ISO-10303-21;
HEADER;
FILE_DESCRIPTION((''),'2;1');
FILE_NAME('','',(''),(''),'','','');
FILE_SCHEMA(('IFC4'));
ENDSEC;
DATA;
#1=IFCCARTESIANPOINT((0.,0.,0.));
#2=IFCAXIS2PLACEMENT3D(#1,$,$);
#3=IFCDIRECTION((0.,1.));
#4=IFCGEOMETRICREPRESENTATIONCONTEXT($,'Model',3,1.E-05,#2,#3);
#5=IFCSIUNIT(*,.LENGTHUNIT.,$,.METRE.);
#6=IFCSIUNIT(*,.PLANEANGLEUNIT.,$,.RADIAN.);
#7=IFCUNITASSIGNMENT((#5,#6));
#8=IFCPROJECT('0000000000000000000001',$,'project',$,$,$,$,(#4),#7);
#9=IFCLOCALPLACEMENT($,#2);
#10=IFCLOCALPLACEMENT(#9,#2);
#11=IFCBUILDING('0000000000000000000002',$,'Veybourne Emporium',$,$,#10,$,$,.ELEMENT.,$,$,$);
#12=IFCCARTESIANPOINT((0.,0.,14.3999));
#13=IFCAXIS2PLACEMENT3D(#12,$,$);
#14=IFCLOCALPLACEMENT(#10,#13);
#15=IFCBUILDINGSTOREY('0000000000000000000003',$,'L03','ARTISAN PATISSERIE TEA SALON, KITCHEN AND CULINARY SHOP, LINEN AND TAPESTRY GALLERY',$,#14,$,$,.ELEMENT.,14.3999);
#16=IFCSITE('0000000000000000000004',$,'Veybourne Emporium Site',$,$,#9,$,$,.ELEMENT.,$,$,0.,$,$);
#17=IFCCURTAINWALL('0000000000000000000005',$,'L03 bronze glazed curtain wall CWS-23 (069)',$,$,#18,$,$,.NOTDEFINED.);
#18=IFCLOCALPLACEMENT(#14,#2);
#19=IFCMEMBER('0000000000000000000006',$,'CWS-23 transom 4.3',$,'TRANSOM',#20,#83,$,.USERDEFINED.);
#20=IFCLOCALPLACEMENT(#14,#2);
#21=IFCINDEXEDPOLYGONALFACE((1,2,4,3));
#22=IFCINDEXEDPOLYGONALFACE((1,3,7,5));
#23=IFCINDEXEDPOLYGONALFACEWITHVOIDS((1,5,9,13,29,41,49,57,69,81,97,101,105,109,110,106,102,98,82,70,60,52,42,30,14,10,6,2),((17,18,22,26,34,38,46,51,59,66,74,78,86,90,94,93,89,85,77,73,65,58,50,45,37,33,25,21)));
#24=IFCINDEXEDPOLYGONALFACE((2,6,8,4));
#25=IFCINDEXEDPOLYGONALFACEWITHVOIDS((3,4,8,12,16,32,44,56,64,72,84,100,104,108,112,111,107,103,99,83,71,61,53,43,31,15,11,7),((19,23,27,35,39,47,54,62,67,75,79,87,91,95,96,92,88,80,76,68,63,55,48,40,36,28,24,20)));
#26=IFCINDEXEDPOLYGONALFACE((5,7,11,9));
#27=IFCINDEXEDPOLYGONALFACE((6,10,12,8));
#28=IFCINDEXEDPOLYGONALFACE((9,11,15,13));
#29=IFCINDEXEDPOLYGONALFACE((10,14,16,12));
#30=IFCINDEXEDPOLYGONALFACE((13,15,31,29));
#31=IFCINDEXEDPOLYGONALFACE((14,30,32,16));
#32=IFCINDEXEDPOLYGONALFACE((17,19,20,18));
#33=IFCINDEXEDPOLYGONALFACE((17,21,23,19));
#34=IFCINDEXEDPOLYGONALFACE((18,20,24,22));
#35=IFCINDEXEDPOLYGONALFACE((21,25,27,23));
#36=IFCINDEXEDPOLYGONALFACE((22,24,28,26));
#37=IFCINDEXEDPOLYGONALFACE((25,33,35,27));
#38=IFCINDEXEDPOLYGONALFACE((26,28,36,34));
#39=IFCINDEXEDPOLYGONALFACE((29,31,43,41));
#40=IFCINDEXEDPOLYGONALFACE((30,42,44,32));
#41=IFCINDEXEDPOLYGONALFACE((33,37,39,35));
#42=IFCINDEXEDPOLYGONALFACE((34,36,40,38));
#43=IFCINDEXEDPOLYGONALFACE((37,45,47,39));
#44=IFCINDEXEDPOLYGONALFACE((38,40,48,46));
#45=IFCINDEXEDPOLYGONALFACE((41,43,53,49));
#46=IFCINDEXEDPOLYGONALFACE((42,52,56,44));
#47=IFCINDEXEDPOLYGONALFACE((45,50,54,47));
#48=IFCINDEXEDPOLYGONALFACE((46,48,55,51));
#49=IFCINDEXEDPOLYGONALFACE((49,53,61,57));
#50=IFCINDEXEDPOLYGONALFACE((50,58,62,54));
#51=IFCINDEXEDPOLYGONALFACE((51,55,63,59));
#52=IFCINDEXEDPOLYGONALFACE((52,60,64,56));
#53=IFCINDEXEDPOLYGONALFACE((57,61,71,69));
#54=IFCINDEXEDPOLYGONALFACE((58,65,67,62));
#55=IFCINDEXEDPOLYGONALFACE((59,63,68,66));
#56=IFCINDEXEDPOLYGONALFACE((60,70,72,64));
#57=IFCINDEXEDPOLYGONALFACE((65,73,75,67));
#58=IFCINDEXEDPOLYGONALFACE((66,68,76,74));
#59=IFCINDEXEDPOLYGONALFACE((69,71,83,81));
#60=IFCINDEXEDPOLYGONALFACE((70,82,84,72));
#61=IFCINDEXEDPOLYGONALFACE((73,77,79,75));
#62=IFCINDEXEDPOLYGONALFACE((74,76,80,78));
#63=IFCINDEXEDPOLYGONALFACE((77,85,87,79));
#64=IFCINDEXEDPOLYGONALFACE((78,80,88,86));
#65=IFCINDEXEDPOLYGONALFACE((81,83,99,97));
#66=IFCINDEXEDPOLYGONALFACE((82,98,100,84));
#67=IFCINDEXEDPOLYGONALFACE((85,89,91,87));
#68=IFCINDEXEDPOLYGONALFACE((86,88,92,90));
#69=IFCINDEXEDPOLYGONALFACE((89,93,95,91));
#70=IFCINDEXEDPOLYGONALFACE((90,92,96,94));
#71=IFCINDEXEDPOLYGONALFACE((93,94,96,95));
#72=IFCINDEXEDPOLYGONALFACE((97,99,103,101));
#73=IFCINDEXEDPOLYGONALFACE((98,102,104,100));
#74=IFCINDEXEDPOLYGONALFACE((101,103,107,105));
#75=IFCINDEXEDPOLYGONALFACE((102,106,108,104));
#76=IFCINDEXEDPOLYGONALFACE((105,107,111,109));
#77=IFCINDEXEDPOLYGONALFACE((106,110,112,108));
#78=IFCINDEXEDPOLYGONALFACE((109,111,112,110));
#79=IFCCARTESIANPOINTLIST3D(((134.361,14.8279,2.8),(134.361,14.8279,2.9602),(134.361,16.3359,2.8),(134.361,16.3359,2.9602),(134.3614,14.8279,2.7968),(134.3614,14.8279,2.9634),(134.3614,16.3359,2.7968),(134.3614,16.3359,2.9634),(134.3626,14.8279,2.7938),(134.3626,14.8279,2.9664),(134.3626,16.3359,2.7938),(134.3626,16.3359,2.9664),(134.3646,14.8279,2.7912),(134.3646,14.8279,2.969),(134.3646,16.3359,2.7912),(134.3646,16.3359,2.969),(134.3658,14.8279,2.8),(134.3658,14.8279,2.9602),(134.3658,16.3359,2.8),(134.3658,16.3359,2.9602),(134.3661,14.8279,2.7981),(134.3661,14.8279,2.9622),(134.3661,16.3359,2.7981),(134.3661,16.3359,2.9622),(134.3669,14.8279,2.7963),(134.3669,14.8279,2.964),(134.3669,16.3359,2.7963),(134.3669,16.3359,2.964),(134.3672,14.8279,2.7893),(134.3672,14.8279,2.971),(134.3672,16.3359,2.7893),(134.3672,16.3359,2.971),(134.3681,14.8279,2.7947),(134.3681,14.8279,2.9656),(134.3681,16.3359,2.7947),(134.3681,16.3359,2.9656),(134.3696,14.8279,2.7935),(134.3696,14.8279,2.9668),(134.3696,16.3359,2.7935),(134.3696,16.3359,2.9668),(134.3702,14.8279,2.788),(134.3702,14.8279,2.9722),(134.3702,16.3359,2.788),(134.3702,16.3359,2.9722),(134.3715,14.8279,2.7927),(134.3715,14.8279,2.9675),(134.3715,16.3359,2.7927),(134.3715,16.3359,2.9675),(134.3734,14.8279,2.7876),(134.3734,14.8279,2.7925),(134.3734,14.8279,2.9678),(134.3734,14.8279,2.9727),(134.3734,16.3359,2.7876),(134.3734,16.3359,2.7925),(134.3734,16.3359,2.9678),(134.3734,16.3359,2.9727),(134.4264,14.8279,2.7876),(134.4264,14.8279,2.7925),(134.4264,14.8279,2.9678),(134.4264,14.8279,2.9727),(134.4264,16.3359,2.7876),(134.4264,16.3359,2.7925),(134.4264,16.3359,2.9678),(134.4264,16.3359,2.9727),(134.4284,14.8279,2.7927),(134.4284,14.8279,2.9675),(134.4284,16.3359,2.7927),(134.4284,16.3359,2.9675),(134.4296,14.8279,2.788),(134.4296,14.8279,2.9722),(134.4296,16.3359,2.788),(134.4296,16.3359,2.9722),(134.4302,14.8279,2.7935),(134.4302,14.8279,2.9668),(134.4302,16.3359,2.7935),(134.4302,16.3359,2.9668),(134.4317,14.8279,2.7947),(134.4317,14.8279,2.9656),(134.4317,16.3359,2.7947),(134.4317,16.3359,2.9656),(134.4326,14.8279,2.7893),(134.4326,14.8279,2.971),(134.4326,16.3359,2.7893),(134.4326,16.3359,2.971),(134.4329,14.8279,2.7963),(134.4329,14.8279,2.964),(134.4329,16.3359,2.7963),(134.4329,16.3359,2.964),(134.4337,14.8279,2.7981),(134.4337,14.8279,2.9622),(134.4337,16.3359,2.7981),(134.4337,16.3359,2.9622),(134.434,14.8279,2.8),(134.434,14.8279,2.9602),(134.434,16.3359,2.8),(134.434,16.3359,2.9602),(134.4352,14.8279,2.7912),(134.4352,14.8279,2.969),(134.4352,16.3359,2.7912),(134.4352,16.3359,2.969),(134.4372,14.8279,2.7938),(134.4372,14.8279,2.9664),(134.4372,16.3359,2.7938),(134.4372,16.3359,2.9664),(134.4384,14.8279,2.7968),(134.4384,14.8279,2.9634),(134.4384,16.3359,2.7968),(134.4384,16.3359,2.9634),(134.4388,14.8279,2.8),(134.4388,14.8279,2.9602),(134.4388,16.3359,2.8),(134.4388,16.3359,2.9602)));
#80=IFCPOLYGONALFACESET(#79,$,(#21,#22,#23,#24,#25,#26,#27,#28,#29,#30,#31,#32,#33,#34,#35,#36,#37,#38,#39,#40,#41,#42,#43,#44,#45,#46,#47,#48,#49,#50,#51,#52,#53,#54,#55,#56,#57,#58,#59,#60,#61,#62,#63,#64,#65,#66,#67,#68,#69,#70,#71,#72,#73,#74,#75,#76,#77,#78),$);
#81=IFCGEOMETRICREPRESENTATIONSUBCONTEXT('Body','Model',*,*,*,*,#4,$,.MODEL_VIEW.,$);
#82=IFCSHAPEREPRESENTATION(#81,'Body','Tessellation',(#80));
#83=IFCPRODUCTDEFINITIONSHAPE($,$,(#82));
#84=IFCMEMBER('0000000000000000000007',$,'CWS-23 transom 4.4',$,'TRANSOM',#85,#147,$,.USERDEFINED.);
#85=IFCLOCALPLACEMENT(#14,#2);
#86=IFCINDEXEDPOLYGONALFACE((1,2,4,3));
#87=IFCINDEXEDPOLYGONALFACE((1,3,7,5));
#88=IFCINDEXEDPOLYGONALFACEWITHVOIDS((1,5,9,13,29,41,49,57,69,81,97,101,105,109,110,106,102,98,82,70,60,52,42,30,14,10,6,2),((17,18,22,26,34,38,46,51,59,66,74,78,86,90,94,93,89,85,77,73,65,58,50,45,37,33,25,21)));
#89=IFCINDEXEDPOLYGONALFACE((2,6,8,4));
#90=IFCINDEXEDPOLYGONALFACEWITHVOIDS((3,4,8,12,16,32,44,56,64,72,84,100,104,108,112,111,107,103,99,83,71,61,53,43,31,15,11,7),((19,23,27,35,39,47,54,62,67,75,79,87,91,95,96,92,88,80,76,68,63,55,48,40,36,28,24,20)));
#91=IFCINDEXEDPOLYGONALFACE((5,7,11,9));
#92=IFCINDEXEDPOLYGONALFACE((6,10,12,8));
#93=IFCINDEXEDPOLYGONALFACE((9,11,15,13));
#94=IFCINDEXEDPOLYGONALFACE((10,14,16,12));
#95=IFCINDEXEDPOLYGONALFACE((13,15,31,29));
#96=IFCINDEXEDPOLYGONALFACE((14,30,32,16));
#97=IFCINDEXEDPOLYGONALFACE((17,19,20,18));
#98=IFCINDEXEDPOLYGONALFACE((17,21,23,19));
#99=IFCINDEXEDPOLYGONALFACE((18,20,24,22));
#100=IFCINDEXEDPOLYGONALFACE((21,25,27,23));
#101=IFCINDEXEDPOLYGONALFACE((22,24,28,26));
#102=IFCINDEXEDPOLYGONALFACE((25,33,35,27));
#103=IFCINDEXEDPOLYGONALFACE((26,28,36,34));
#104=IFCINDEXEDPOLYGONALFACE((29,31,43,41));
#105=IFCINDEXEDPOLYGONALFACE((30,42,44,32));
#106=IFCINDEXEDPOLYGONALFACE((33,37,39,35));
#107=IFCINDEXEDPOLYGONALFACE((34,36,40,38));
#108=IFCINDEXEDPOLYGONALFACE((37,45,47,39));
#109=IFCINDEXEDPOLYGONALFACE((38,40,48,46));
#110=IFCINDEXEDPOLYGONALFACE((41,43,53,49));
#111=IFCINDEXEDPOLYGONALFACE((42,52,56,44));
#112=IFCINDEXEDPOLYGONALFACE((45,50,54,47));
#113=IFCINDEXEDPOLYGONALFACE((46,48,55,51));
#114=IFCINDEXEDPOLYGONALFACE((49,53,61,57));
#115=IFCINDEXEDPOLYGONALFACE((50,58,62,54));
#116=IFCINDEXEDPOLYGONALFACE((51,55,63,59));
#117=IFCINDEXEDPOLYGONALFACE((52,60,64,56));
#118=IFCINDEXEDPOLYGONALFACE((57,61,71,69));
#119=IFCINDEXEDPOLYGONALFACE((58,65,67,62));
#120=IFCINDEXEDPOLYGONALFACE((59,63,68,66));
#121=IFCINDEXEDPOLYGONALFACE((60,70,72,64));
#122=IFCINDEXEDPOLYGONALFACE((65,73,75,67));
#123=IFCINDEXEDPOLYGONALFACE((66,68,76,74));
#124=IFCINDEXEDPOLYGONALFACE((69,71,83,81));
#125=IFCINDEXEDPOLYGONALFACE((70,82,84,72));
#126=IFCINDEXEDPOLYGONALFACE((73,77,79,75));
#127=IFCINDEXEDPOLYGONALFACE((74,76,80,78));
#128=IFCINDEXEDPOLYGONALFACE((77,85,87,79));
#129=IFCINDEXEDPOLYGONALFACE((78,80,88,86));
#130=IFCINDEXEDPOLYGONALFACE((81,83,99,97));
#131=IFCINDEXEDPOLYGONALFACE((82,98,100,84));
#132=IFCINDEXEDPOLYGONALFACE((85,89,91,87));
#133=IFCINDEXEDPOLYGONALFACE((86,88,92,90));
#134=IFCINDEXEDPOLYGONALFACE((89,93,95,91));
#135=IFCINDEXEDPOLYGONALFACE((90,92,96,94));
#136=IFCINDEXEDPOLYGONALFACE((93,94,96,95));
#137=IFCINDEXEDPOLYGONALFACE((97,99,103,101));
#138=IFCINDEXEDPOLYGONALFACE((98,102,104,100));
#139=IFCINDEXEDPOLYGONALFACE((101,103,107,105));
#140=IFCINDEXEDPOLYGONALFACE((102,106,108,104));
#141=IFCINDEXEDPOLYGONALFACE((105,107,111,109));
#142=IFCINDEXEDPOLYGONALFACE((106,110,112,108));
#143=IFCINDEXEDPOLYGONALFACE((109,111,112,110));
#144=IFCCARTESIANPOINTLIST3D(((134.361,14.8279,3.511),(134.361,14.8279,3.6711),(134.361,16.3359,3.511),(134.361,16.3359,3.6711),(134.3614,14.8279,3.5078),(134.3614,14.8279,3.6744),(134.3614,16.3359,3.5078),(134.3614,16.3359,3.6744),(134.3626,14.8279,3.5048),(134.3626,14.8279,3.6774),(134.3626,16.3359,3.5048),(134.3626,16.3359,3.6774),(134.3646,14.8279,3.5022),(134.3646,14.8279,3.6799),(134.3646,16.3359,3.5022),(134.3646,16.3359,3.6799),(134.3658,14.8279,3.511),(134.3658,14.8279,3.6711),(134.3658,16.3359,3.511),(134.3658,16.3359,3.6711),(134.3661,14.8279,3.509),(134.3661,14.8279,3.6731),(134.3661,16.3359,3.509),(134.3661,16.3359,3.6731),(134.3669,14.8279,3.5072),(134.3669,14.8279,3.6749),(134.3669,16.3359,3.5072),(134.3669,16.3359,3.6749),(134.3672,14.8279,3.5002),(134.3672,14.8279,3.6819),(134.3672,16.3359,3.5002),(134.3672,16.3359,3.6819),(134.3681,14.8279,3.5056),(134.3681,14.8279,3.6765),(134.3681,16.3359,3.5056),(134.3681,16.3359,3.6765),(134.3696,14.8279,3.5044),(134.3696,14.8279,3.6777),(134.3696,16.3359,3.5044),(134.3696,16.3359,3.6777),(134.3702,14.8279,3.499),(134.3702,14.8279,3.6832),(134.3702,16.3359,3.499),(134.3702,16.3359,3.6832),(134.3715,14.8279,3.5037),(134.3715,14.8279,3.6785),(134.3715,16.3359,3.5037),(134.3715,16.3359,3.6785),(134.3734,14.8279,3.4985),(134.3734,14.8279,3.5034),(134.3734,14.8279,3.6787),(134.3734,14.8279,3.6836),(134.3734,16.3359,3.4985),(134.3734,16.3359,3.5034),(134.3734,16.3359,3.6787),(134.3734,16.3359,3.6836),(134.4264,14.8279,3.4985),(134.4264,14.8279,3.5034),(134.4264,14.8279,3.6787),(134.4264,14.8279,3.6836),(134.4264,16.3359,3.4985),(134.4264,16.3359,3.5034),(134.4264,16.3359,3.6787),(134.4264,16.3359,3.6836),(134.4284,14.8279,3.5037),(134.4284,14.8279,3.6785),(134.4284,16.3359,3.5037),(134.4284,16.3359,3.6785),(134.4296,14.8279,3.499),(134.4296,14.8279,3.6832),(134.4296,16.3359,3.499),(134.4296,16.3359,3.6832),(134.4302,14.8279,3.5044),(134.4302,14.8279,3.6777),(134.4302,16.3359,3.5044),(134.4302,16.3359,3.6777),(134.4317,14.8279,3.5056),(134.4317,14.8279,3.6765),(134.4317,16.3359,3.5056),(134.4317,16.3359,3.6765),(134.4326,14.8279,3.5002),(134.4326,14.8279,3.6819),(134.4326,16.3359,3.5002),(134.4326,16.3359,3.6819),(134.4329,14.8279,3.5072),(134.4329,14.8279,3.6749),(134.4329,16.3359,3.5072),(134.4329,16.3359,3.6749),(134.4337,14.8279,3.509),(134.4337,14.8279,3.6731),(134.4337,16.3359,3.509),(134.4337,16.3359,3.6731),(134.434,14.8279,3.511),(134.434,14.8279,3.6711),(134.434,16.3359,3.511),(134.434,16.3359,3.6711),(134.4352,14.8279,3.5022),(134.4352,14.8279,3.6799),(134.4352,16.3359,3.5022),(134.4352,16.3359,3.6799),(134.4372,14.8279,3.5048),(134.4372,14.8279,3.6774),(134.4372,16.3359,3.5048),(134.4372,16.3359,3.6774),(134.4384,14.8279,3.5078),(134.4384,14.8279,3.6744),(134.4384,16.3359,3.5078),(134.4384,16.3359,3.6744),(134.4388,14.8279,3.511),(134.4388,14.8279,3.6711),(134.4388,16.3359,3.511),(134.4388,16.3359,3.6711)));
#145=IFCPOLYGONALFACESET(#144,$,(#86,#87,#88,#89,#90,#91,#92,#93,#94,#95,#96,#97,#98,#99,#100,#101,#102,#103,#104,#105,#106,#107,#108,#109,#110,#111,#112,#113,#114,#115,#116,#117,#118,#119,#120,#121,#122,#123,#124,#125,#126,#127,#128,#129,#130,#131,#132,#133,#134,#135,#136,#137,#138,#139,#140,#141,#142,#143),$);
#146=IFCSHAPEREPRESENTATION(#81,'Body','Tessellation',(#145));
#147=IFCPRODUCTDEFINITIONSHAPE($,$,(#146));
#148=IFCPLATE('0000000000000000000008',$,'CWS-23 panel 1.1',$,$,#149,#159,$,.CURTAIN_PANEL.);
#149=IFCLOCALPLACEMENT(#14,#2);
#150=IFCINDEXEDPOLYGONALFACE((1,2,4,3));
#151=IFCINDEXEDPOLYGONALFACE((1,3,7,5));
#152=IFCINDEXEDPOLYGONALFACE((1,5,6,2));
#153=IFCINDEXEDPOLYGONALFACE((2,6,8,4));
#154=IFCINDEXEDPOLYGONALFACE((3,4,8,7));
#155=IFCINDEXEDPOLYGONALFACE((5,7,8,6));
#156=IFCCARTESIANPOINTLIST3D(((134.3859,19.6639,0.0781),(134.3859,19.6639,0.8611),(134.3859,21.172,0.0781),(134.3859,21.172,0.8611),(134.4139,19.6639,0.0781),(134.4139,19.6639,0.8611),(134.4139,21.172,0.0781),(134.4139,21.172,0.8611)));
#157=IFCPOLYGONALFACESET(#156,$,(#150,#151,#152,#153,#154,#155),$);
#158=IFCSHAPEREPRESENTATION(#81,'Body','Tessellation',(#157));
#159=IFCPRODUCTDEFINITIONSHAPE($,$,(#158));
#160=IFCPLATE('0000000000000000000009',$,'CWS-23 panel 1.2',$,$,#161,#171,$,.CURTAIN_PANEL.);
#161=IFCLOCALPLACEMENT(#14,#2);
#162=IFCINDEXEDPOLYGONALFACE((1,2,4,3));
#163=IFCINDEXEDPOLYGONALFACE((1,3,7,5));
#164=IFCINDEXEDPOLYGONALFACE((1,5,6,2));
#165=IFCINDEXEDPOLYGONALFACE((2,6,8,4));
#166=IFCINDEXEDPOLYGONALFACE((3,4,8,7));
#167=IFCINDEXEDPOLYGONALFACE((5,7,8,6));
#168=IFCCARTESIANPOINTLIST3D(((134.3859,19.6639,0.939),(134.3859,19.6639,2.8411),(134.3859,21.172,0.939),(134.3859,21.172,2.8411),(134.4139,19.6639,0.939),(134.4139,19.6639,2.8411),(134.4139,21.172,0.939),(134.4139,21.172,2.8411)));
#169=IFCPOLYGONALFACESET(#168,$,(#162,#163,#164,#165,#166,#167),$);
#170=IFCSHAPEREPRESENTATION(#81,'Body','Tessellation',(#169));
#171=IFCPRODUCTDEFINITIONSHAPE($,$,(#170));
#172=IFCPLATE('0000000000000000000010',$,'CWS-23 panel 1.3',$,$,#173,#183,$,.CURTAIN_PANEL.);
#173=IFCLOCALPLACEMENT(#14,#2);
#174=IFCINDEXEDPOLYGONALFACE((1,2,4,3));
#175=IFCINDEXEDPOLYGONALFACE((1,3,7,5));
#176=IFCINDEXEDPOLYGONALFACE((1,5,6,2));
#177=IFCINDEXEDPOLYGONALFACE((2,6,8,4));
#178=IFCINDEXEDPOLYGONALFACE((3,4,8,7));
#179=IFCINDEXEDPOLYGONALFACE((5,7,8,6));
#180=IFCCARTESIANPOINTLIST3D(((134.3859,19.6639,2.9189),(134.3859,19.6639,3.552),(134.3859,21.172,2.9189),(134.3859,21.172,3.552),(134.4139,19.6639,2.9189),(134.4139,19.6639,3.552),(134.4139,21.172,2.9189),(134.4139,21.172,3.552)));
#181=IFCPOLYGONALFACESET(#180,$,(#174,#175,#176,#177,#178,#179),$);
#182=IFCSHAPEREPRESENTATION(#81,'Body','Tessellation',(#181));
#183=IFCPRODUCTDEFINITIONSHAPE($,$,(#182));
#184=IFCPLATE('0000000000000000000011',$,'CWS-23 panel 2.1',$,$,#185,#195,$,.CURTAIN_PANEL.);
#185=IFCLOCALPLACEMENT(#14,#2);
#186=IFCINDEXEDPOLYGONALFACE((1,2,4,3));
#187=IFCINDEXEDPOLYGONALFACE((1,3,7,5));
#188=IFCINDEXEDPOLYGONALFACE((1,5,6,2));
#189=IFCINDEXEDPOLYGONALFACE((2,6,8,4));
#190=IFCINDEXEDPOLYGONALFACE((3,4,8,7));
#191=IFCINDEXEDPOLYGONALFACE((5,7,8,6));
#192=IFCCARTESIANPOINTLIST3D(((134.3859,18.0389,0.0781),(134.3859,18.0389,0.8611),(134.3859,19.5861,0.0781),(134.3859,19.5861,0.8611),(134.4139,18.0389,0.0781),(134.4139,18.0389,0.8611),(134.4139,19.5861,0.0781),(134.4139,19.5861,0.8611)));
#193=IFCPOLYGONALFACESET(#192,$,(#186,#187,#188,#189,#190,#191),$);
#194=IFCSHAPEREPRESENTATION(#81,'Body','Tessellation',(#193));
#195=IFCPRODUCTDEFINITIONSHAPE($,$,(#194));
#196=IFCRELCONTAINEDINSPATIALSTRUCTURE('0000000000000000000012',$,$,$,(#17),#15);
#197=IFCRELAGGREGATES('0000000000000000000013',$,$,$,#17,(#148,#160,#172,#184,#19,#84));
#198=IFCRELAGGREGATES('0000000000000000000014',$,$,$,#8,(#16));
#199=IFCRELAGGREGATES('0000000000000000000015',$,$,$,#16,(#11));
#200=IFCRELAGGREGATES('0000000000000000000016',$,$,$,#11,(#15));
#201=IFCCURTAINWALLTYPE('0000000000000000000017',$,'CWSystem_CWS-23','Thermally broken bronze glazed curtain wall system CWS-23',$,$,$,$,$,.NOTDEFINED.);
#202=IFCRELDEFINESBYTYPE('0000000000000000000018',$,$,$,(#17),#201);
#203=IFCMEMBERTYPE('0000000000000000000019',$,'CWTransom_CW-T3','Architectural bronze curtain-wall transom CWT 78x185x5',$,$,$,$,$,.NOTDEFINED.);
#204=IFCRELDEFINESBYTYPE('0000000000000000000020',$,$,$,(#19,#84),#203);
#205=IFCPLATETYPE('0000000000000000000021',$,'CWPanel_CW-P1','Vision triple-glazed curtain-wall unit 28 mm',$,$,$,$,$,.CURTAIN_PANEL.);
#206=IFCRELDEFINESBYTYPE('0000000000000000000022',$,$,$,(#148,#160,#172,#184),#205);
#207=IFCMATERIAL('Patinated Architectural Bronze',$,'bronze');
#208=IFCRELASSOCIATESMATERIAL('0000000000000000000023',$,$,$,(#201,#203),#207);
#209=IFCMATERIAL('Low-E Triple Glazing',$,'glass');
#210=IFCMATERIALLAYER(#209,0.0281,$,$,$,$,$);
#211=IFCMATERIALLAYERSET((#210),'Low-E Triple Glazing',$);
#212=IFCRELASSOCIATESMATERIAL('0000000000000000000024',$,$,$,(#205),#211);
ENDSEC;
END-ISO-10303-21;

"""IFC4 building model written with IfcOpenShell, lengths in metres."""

from ifc_helpers import new_model, si_unit, direction, frame, origin, origin_2d, place, context, subcontext, project, spatial, rectangle, hollow_rectangle, extrude, material, layer, layer_set, material_profile, profile_set, type_object, element, aggregate, save


model = new_model("IFC4")

# Units and contexts
model_context = context("Model", 3, precision=1e-05, world=origin(), true_north=direction((0.0, 1.0)))
body_context = subcontext(model_context, "Body", "Model", "MODEL_VIEW")
ifc_project = project(units=[si_unit("LENGTHUNIT", "METRE"), si_unit("PLANEANGLEUNIT", "RADIAN")], contexts=[model_context])

# Site, building, storey
site_placement = place(None, origin())
site = spatial("IfcSite", under=ifc_project, at=site_placement, Name="Veybourne Emporium Site", CompositionType="ELEMENT", RefElevation=0.0)
building_placement = place(site_placement, origin())
building = spatial("IfcBuilding", under=site, at=building_placement, Name="Veybourne Emporium", CompositionType="ELEMENT")
storey_placement = place(building_placement, frame((0.0, 0.0, 14.3999)))
storey = spatial("IfcBuildingStorey", under=building, at=storey_placement, Name="L03", Description="ARTISAN PATISSERIE TEA SALON, KITCHEN AND CULINARY SHOP, LINEN AND TAPESTRY GALLERY", CompositionType="ELEMENT", Elevation=14.3999)

# Curtain wall, members, plates
ifc_material_1 = material(Name="Patinated Architectural Bronze", Category="bronze")
curtain_wall_type = type_object("IfcCurtainWallType", Name="CWSystem_CWS-23", Description="Thermally broken bronze glazed curtain wall system CWS-23", PredefinedType="NOTDEFINED", material=ifc_material_1)
curtain_wall_placement = place(storey_placement, origin())
curtain_wall = element("IfcCurtainWall", 1, at=curtain_wall_placement, inside=storey, type_object=curtain_wall_type, Name="L03 bronze glazed curtain wall CWS-23 (069)", PredefinedType="NOTDEFINED")
ifc_material_profile_1 = material_profile(ifc_material_1, hollow_rectangle(XDim=0.0779, YDim=0.1851, WallThickness=0.0049, InnerFilletRadius=0.0076, OuterFilletRadius=0.0125, at=origin_2d()), Name="CWT 78x185x5")
ifc_profile_set_1 = profile_set([ifc_material_profile_1], Name="Patinated Architectural Bronze")
member_type_1 = type_object("IfcMemberType", Name="CWTransom_CW-T3", Description="Architectural bronze curtain-wall transom CWT 78x185x5", PredefinedType="NOTDEFINED", material=ifc_profile_set_1)
member_1_placement = place(storey_placement, frame((134.3999, 16.3359, 2.8801), z_axis=(0.0, -1.0, 0.0), x_axis=(1.0, 0.0, 0.0)))
member_1 = element("IfcMember", 2, at=member_1_placement, type_object=member_type_1, Name="CWS-23 transom 4.3", ObjectType="TRANSOM", PredefinedType="USERDEFINED", context=body_context, shape_type="SweptSolid", body=[
    extrude(hollow_rectangle(XDim=0.0779, YDim=0.1851, WallThickness=0.0049, InnerFilletRadius=0.0076, OuterFilletRadius=0.0125, at=origin_2d()), origin(), (0.0, 0.0, 1.0), 1.5081),
])
member_2_placement = place(storey_placement, frame((134.3999, 16.3359, 3.5911), z_axis=(0.0, -1.0, 0.0), x_axis=(1.0, 0.0, 0.0)))
member_2 = element("IfcMember", 3, at=member_2_placement, type_object=member_type_1, Name="CWS-23 transom 4.4", ObjectType="TRANSOM", PredefinedType="USERDEFINED", context=body_context, shape_type="SweptSolid", body=[
    extrude(hollow_rectangle(XDim=0.0779, YDim=0.1851, WallThickness=0.0049, InnerFilletRadius=0.0076, OuterFilletRadius=0.0125, at=origin_2d()), origin(), (0.0, 0.0, 1.0), 1.5081),
])
ifc_material_2 = material(Name="Low-E Triple Glazing", Category="glass")
ifc_layer_1 = layer(ifc_material_2, 0.0281)
ifc_layer_set_1 = layer_set([ifc_layer_1], Name="Low-E Triple Glazing")
plate_type = type_object("IfcPlateType", Name="CWPanel_CW-P1", Description="Vision triple-glazed curtain-wall unit 28 mm", PredefinedType="CURTAIN_PANEL", material=ifc_layer_set_1)
plate_1_placement = place(storey_placement, frame((134.3999, 20.418, 0.0781), z_axis=(0.0, 0.0, 1.0), x_axis=(0.0, -1.0, 0.0)))
plate_1 = element("IfcPlate", 4, at=plate_1_placement, type_object=plate_type, Name="CWS-23 panel 1.1", PredefinedType="CURTAIN_PANEL", context=body_context, shape_type="SweptSolid", body=[
    extrude(rectangle(XDim=1.5081, YDim=0.0281, at=origin_2d()), origin(), (0.0, 0.0, 1.0), 0.783),
])
plate_2_placement = place(storey_placement, frame((134.3999, 20.418, 0.939), z_axis=(0.0, 0.0, 1.0), x_axis=(0.0, -1.0, 0.0)))
plate_2 = element("IfcPlate", 5, at=plate_2_placement, type_object=plate_type, Name="CWS-23 panel 1.2", PredefinedType="CURTAIN_PANEL", context=body_context, shape_type="SweptSolid", body=[
    extrude(rectangle(XDim=1.5081, YDim=0.0281, at=origin_2d()), origin(), (0.0, 0.0, 1.0), 1.9021),
])
plate_3_placement = place(storey_placement, frame((134.3999, 20.418, 2.9189), z_axis=(0.0, 0.0, 1.0), x_axis=(0.0, -1.0, 0.0)))
plate_3 = element("IfcPlate", 6, at=plate_3_placement, type_object=plate_type, Name="CWS-23 panel 1.3", PredefinedType="CURTAIN_PANEL", context=body_context, shape_type="SweptSolid", body=[
    extrude(rectangle(XDim=1.5081, YDim=0.0281, at=origin_2d()), origin(), (0.0, 0.0, 1.0), 0.6331),
])
plate_4_placement = place(storey_placement, frame((134.3999, 18.8125, 0.0781), z_axis=(0.0, 0.0, 1.0), x_axis=(0.0, -1.0, 0.0)))
plate_4 = element("IfcPlate", 7, at=plate_4_placement, type_object=plate_type, Name="CWS-23 panel 2.1", PredefinedType="CURTAIN_PANEL", context=body_context, shape_type="SweptSolid", body=[
    extrude(rectangle(XDim=1.5471, YDim=0.0281, at=origin_2d()), origin(), (0.0, 0.0, 1.0), 0.783),
])
aggregate(curtain_wall, [plate_1, plate_2, plate_3, plate_4, member_1, member_2])

save(model, "model.ifc")
